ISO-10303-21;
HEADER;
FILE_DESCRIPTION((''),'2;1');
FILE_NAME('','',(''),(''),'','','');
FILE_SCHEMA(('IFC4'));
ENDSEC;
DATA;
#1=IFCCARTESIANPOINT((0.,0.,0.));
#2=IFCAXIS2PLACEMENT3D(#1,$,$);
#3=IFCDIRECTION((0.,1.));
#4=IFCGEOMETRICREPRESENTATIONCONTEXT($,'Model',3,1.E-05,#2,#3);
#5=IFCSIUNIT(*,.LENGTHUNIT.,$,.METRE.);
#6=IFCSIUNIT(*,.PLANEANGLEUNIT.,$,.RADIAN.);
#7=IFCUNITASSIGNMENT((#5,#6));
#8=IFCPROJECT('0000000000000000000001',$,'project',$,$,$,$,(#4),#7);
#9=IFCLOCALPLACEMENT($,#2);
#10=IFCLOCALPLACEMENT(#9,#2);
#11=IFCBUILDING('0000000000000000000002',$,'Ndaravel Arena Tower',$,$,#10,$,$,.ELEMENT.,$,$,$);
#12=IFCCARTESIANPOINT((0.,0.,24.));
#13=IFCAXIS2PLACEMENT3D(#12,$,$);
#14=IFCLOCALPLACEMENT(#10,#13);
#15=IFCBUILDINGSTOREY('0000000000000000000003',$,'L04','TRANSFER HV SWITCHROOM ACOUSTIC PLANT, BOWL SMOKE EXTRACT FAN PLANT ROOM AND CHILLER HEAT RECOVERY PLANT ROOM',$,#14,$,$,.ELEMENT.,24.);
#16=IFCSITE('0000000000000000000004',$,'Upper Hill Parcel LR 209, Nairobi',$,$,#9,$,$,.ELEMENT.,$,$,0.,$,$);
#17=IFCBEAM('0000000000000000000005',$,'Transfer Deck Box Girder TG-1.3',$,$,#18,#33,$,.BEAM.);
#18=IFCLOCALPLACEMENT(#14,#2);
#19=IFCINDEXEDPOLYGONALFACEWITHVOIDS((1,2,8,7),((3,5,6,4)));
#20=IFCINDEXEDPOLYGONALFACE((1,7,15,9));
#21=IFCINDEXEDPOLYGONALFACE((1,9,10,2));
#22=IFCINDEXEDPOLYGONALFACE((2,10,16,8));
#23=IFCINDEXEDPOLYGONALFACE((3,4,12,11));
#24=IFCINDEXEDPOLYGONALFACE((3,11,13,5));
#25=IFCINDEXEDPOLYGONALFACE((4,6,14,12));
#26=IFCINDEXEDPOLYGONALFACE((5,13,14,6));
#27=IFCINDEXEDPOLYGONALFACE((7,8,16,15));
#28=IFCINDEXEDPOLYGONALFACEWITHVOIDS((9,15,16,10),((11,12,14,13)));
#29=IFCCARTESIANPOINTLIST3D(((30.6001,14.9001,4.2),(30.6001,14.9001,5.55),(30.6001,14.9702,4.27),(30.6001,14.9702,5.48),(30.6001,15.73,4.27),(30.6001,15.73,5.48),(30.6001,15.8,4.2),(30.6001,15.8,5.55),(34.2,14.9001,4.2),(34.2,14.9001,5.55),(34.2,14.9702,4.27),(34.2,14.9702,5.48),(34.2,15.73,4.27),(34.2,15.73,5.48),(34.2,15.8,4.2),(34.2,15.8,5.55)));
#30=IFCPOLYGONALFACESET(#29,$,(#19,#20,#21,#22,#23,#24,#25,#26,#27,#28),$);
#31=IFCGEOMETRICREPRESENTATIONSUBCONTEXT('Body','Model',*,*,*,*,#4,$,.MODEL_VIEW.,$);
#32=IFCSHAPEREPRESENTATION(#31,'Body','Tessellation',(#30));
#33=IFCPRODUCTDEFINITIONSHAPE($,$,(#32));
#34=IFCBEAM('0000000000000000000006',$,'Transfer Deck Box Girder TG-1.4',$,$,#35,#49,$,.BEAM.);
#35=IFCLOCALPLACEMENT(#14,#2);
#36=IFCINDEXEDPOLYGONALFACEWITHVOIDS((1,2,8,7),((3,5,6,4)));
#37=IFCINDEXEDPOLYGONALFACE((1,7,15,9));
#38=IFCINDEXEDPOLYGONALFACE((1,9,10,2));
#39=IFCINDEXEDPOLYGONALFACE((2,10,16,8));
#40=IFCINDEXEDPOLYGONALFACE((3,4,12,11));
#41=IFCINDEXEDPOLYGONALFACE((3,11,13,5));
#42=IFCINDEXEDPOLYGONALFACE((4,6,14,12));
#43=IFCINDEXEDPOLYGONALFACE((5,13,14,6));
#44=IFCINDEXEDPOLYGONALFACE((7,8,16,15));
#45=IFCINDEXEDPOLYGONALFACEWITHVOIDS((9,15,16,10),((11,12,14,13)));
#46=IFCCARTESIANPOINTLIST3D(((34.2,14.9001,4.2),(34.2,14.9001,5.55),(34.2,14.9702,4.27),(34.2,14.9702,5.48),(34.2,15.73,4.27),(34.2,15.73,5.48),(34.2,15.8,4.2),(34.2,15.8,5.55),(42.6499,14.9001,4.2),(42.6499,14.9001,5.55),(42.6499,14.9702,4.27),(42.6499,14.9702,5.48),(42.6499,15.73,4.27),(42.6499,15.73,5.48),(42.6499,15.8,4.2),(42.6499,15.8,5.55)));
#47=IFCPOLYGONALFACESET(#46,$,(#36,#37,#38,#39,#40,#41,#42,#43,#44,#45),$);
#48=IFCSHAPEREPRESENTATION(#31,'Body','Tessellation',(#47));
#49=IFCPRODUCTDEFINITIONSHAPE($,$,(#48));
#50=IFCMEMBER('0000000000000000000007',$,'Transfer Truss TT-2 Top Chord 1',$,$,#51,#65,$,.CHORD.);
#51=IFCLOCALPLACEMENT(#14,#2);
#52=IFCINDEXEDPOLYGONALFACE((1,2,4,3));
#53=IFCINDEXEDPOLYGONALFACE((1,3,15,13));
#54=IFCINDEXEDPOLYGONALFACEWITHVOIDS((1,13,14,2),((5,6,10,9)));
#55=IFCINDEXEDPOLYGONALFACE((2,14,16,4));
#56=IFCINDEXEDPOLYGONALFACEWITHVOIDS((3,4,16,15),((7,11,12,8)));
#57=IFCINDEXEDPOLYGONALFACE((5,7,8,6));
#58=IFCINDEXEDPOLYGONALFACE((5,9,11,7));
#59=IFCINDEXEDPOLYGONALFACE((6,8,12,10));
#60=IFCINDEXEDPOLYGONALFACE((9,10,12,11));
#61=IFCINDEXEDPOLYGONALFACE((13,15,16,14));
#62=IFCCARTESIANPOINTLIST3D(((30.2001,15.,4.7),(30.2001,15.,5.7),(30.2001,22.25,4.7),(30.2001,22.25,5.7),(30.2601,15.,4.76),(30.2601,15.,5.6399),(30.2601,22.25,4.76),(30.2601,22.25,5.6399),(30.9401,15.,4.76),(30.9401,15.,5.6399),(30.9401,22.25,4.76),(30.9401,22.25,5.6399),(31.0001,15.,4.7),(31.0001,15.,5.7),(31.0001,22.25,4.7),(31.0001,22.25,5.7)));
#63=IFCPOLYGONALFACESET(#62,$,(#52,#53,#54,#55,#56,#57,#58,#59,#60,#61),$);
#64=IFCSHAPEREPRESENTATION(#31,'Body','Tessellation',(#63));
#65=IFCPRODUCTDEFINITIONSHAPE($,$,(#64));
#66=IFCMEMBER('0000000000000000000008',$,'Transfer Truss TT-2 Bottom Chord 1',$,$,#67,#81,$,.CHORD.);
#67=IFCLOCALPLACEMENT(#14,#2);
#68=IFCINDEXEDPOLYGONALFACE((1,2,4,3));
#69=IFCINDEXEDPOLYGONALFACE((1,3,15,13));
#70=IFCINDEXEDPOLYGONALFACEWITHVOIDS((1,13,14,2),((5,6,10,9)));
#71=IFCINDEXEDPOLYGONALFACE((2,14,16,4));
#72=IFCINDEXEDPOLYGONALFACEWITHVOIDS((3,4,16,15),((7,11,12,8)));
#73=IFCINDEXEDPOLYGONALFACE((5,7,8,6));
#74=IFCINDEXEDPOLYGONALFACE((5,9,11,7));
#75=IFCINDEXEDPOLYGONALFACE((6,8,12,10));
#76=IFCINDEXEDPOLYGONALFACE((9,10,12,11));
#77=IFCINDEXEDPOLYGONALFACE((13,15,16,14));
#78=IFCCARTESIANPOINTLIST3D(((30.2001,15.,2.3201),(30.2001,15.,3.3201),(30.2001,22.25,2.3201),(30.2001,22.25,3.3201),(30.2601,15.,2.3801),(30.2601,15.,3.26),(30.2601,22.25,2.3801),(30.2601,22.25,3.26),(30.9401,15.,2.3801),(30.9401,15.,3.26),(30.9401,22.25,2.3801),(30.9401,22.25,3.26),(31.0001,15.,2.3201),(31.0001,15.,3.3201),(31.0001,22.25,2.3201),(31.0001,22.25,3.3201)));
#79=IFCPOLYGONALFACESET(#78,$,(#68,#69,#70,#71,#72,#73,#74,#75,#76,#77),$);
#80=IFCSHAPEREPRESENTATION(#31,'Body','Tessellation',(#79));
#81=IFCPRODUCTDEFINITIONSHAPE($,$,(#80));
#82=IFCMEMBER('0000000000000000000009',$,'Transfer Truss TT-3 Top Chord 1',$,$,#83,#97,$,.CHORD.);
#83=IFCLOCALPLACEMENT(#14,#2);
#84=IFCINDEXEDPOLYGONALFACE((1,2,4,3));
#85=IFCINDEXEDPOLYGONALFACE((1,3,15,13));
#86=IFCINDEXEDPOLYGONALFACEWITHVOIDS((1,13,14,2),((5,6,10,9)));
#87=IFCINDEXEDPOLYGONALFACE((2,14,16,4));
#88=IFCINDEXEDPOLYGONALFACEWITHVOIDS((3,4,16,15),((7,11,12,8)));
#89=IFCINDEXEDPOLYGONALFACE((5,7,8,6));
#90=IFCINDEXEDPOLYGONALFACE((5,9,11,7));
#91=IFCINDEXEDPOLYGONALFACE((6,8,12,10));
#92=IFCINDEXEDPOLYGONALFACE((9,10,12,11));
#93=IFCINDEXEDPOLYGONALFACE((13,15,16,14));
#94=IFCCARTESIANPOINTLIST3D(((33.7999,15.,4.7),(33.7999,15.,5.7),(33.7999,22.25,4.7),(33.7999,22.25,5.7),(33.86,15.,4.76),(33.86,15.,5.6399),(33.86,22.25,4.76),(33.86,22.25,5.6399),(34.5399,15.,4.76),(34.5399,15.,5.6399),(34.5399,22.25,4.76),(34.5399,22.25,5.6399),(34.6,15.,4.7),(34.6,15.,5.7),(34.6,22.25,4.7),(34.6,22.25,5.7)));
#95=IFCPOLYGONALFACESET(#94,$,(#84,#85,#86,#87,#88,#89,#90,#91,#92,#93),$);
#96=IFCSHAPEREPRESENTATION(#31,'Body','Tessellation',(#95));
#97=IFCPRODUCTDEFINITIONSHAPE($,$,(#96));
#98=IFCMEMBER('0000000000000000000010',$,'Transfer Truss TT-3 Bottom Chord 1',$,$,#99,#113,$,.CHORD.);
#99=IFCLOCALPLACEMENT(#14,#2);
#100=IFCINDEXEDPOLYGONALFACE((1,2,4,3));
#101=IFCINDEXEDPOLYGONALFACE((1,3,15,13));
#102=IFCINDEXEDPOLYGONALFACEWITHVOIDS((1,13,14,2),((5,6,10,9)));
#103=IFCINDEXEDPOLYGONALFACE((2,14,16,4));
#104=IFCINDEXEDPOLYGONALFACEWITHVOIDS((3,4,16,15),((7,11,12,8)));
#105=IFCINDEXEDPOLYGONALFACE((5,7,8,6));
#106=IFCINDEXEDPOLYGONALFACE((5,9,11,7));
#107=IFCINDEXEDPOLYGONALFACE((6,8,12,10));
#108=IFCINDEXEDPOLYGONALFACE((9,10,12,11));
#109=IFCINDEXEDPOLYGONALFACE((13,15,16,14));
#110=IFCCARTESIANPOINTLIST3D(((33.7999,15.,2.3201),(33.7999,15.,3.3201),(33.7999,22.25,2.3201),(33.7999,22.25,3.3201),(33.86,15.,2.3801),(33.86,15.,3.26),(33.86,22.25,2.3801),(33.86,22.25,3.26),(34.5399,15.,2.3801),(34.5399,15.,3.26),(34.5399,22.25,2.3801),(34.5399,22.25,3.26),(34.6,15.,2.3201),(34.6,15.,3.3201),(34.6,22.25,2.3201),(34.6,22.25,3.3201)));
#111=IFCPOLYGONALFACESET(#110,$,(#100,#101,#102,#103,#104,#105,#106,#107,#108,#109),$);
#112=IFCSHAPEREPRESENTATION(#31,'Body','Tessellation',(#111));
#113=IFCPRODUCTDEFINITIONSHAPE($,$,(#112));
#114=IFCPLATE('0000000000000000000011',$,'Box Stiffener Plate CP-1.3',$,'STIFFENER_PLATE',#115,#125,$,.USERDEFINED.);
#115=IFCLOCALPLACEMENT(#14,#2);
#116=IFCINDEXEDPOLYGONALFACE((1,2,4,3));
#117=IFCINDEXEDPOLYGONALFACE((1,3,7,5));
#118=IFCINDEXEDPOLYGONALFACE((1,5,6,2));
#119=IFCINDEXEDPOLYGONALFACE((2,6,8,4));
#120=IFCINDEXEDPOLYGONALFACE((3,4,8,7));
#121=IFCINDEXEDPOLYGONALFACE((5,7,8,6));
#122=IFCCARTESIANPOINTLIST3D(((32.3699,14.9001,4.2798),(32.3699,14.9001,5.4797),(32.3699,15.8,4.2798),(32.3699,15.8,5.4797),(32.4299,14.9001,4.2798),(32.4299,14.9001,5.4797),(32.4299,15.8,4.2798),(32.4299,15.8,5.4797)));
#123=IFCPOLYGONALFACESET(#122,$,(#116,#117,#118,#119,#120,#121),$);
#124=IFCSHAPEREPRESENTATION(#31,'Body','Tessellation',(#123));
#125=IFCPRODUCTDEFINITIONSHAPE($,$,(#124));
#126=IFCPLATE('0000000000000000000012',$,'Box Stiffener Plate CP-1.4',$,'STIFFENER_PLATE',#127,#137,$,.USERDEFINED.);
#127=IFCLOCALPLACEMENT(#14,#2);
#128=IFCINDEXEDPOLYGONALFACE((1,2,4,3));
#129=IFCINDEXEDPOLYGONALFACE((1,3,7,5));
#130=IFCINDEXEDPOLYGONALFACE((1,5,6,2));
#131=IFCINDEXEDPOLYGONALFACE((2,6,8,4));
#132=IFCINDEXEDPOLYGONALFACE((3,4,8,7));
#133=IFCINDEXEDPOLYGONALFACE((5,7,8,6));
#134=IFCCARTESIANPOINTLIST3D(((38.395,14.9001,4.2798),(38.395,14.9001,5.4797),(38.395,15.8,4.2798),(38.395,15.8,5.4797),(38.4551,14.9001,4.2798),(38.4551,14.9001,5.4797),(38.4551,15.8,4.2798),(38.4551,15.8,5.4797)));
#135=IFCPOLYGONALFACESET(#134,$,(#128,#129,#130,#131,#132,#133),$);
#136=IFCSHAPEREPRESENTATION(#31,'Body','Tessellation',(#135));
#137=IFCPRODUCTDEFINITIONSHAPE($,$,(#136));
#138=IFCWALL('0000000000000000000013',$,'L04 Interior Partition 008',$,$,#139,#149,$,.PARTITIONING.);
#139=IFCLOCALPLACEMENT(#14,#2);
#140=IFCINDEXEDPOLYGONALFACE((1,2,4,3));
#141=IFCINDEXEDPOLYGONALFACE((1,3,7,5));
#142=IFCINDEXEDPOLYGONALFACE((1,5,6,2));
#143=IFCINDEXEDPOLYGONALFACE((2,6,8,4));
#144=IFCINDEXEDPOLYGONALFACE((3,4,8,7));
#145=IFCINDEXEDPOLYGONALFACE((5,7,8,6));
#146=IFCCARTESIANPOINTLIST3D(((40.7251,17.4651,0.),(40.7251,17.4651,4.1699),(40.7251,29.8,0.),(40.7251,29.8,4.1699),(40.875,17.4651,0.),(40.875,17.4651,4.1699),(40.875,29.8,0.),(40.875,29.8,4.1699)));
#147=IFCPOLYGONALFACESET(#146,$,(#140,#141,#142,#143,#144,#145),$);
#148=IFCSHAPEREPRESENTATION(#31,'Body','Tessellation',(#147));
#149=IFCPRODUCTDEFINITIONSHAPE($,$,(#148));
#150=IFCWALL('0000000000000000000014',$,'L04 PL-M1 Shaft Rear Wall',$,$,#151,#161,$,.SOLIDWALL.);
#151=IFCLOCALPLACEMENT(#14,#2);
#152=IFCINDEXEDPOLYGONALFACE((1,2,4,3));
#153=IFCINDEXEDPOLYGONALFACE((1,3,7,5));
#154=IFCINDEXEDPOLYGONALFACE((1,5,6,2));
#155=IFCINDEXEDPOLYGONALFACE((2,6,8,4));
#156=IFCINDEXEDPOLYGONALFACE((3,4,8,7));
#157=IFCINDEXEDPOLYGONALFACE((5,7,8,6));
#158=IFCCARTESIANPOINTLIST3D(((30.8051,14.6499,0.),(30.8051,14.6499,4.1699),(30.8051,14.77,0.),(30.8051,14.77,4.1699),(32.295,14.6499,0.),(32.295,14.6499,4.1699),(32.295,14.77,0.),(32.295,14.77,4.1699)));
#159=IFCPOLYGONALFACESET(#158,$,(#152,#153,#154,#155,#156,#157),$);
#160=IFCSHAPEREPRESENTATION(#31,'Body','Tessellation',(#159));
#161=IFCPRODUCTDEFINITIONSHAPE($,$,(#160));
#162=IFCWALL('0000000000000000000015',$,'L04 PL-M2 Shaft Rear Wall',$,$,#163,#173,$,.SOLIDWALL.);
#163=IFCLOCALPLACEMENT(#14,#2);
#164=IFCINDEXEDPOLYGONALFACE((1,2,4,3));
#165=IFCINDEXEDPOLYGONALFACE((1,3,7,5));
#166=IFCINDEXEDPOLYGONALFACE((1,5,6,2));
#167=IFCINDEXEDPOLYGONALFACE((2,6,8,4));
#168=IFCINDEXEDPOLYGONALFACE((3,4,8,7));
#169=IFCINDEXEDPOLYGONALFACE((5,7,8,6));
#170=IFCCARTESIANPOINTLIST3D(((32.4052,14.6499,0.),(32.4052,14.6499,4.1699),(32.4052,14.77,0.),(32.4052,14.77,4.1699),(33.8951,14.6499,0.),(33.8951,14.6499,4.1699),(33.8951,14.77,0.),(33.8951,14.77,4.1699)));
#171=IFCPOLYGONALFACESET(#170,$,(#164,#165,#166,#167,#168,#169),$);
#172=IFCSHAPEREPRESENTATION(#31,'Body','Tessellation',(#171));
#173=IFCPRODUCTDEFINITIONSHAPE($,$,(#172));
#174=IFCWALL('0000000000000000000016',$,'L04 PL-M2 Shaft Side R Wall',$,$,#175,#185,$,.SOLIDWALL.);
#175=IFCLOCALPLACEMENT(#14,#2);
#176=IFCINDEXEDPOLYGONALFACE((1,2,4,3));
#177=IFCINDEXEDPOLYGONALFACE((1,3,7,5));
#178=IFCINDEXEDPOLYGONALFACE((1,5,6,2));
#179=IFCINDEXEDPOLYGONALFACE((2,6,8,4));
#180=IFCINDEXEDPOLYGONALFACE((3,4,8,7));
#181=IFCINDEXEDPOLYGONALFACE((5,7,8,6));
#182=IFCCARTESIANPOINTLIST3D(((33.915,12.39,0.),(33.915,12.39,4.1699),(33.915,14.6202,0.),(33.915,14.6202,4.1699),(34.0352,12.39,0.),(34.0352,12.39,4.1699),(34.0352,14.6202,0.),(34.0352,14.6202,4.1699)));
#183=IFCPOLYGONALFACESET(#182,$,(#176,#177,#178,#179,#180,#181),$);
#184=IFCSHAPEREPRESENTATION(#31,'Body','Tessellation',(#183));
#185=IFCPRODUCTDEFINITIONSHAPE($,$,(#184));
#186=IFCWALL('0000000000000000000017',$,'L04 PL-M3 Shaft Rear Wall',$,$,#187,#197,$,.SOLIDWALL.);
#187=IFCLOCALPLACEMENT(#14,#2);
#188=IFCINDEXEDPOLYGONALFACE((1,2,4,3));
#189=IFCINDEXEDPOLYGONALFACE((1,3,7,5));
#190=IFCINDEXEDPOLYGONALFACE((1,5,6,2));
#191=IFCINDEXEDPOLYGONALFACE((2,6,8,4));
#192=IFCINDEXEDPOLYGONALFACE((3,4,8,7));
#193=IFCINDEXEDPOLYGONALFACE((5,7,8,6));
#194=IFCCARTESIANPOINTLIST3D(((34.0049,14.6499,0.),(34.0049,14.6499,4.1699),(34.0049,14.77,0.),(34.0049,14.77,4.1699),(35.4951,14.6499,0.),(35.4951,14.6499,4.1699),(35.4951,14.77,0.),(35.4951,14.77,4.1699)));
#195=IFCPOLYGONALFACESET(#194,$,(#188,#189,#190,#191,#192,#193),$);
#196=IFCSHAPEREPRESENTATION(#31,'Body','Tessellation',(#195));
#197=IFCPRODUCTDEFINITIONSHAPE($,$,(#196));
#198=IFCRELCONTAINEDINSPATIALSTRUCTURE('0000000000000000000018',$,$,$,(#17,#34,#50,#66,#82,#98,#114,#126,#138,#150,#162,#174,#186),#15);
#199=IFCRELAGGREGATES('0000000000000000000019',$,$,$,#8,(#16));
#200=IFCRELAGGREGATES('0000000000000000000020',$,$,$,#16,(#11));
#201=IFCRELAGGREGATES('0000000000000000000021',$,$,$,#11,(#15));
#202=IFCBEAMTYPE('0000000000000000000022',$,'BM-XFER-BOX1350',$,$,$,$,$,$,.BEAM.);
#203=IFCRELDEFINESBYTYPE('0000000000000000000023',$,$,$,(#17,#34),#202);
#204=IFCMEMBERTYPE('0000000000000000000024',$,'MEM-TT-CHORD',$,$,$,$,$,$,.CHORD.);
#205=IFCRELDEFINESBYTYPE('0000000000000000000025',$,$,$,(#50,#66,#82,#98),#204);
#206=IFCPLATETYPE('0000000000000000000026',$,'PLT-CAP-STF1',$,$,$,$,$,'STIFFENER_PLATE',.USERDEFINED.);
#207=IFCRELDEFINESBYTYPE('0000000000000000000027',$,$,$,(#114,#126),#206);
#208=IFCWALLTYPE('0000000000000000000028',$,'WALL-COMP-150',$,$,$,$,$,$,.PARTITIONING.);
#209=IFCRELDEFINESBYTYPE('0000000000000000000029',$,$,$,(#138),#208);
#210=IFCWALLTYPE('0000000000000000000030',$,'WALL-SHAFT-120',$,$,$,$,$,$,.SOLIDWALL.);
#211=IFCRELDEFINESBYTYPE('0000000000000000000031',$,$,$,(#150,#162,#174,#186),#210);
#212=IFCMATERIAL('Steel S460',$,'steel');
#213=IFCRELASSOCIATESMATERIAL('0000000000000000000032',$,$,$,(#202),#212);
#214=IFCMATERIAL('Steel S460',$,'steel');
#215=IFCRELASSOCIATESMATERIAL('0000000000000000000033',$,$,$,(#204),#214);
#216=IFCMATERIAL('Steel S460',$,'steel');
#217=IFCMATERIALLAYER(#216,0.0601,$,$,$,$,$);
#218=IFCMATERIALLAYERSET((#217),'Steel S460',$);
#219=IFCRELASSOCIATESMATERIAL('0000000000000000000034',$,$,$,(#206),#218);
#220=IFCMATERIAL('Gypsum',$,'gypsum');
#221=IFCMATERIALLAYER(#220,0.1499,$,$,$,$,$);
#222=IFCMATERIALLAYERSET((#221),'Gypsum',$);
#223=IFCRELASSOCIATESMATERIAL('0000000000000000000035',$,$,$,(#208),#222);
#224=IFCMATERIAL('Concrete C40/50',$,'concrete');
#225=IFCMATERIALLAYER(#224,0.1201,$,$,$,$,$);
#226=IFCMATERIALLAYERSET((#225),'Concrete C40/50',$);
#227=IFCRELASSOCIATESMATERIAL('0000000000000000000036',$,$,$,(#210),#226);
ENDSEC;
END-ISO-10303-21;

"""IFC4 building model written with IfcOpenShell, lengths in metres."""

from ifc_helpers import new_model, si_unit, direction, frame, frame_2d, origin, origin_2d, place, context, subcontext, project, spatial, rectangle, hollow_rectangle, extrude, material, layer, layer_set, material_profile, profile_set, type_object, element, save


model = new_model("IFC4")

# Units and contexts
model_context = context("Model", 3, precision=1e-05, world=origin(), true_north=direction((0.0, 1.0)))
body_context = subcontext(model_context, "Body", "Model", "MODEL_VIEW")
ifc_project = project(units=[si_unit("LENGTHUNIT", "METRE"), si_unit("PLANEANGLEUNIT", "RADIAN")], contexts=[model_context])

# Site, building, storey
site_placement = place(None, origin())
site = spatial("IfcSite", under=ifc_project, at=site_placement, Name="Upper Hill Parcel LR 209, Nairobi", CompositionType="ELEMENT", RefElevation=0.0)
building_placement = place(site_placement, origin())
building = spatial("IfcBuilding", under=site, at=building_placement, Name="Ndaravel Arena Tower", CompositionType="ELEMENT")
storey_placement = place(building_placement, frame((0.0, 0.0, 24.0)))
storey = spatial("IfcBuildingStorey", under=building, at=storey_placement, Name="L04", Description="TRANSFER HV SWITCHROOM ACOUSTIC PLANT, BOWL SMOKE EXTRACT FAN PLANT ROOM AND CHILLER HEAT RECOVERY PLANT ROOM", CompositionType="ELEMENT", Elevation=24.0)

# Beams
ifc_material_1 = material(Name="Steel S460", Category="steel")
ifc_material_profile_1 = material_profile(ifc_material_1, hollow_rectangle(XDim=0.8999, YDim=1.3501, WallThickness=0.0701, at=origin_2d()), Name="BOX 1350x900x70")
ifc_profile_set_1 = profile_set([ifc_material_profile_1], Name="Steel S460")
beam_type = type_object("IfcBeamType", Name="BM-XFER-BOX1350", PredefinedType="BEAM", material=ifc_profile_set_1)
beam_1_placement = place(storey_placement, frame((30.6001, 15.3501, 4.875), z_axis=(1.0, 0.0, 0.0), x_axis=(0.0, 1.0, 0.0)))
element("IfcBeam", 1, at=beam_1_placement, inside=storey, type_object=beam_type, Name="Transfer Deck Box Girder TG-1.3", PredefinedType="BEAM", context=body_context, shape_type="SweptSolid", body=[
    extrude(hollow_rectangle(XDim=0.8999, YDim=1.3501, WallThickness=0.0701, at=origin_2d()), origin(), (0.0, 0.0, 1.0), 3.5999),
])
beam_2_placement = place(storey_placement, frame((34.2, 15.3501, 4.875), z_axis=(1.0, 0.0, 0.0), x_axis=(0.0, 1.0, 0.0)))
element("IfcBeam", 2, at=beam_2_placement, inside=storey, type_object=beam_type, Name="Transfer Deck Box Girder TG-1.4", PredefinedType="BEAM", context=body_context, shape_type="SweptSolid", body=[
    extrude(hollow_rectangle(XDim=0.8999, YDim=1.3501, WallThickness=0.0701, at=origin_2d()), origin(), (0.0, 0.0, 1.0), 8.45),
])

# Members
ifc_material_2 = material(Name="Steel S460", Category="steel")
ifc_material_profile_2 = material_profile(ifc_material_2, hollow_rectangle(XDim=0.8, YDim=1.0, WallThickness=0.0601, at=origin_2d()), Name="BOX 1000x800x60")
ifc_profile_set_2 = profile_set([ifc_material_profile_2], Name="Steel S460")
member_type = type_object("IfcMemberType", Name="MEM-TT-CHORD", PredefinedType="CHORD", material=ifc_profile_set_2)
for number, where, z_axis, x_axis, name in (
    (3, (30.6001, 15.0, 5.2), (0.0, 1.0, 0.0), (-1.0, 0.0, 0.0), "Transfer Truss TT-2 Top Chord 1"),
    (4, (30.6001, 15.0, 2.8201), (0.0, 1.0, 0.0), (-1.0, 0.0, 0.0), "Transfer Truss TT-2 Bottom Chord 1"),
    (5, (34.2, 15.0, 5.2), (0.0, 1.0, 0.0), (-1.0, 0.0, 0.0), "Transfer Truss TT-3 Top Chord 1"),
    (6, (34.2, 15.0, 2.8201), (0.0, 1.0, 0.0), (-1.0, 0.0, 0.0), "Transfer Truss TT-3 Bottom Chord 1"),
):
    element("IfcMember", number, at=place(storey_placement, frame(where, z_axis=z_axis, x_axis=x_axis)), inside=storey, type_object=member_type, Name=name, PredefinedType="CHORD", context=body_context, shape_type="SweptSolid", body=[
        extrude(hollow_rectangle(XDim=0.8, YDim=1.0, WallThickness=0.0601, at=origin_2d()), origin(), (0.0, 0.0, 1.0), 7.25),
    ])

# Plates
ifc_material_3 = material(Name="Steel S460", Category="steel")
ifc_layer_1 = layer(ifc_material_3, 0.0601)
ifc_layer_set_1 = layer_set([ifc_layer_1], Name="Steel S460")
plate_type = type_object("IfcPlateType", Name="PLT-CAP-STF1", ElementType="STIFFENER_PLATE", PredefinedType="USERDEFINED", material=ifc_layer_set_1)
for number, where, z_axis, x_axis, name in (
    (7, (32.3999, 15.3501, 4.2798), (0.0, 0.0, 1.0), (1.0, 0.0, 0.0), "Box Stiffener Plate CP-1.3"),
    (8, (38.425, 15.3501, 4.2798), (0.0, 0.0, 1.0), (1.0, 0.0, 0.0), "Box Stiffener Plate CP-1.4"),
):
    element("IfcPlate", number, at=place(storey_placement, frame(where, z_axis=z_axis, x_axis=x_axis)), inside=storey, type_object=plate_type, Name=name, ObjectType="STIFFENER_PLATE", PredefinedType="USERDEFINED", context=body_context, shape_type="SweptSolid", body=[
        extrude(rectangle(XDim=0.0601, YDim=0.8999, at=origin_2d()), origin(), (0.0, 0.0, 1.0), 1.2),
    ])

# Walls
ifc_material_4 = material(Name="Gypsum", Category="gypsum")
ifc_layer_2 = layer(ifc_material_4, 0.1499)
ifc_layer_set_2 = layer_set([ifc_layer_2], Name="Gypsum")
wall_type_1 = type_object("IfcWallType", Name="WALL-COMP-150", PredefinedType="PARTITIONING", material=ifc_layer_set_2)
wall_1_placement = place(storey_placement, frame((40.8, 17.4651, 0.0), z_axis=(0.0, 0.0, 1.0), x_axis=(0.0, 1.0, 0.0)))
element("IfcWall", 9, at=wall_1_placement, inside=storey, type_object=wall_type_1, Name="L04 Interior Partition 008", PredefinedType="PARTITIONING", context=body_context, shape_type="SweptSolid", body=[
    extrude(rectangle(XDim=12.335, YDim=0.1499, at=frame_2d((6.1675, 0.0))), origin(), (0.0, 0.0, 1.0), 4.1699),
])
ifc_material_5 = material(Name="Concrete C40/50", Category="concrete")
ifc_layer_3 = layer(ifc_material_5, 0.1201)
ifc_layer_set_3 = layer_set([ifc_layer_3], Name="Concrete C40/50")
wall_type_2 = type_object("IfcWallType", Name="WALL-SHAFT-120", PredefinedType="SOLIDWALL", material=ifc_layer_set_3)
for number, where, z_axis, x_axis, name in (
    (10, (30.8049, 14.71, 0.0), (0.0, 0.0, 1.0), (1.0, 0.0, 0.0), "L04 PL-M1 Shaft Rear Wall"),
    (11, (32.405, 14.71, 0.0), (0.0, 0.0, 1.0), (1.0, 0.0, 0.0), "L04 PL-M2 Shaft Rear Wall"),
):
    element("IfcWall", number, at=place(storey_placement, frame(where, z_axis=z_axis, x_axis=x_axis)), inside=storey, type_object=wall_type_2, Name=name, PredefinedType="SOLIDWALL", context=body_context, shape_type="SweptSolid", body=[
        extrude(rectangle(XDim=1.49, YDim=0.1201, at=frame_2d((0.7451, 0.0))), origin(), (0.0, 0.0, 1.0), 4.1699),
    ])
wall_2_placement = place(storey_placement, frame((33.9751, 12.3899, 0.0), z_axis=(0.0, 0.0, 1.0), x_axis=(0.0, 1.0, 0.0)))
element("IfcWall", 12, at=wall_2_placement, inside=storey, type_object=wall_type_2, Name="L04 PL-M2 Shaft Side R Wall", PredefinedType="SOLIDWALL", context=body_context, shape_type="SweptSolid", body=[
    extrude(rectangle(XDim=2.2302, YDim=0.1201, at=frame_2d((1.1152, 0.0))), origin(), (0.0, 0.0, 1.0), 4.1699),
])
wall_3_placement = place(storey_placement, frame((34.0049, 14.71, 0.0), z_axis=(0.0, 0.0, 1.0), x_axis=(1.0, 0.0, 0.0)))
element("IfcWall", 13, at=wall_3_placement, inside=storey, type_object=wall_type_2, Name="L04 PL-M3 Shaft Rear Wall", PredefinedType="SOLIDWALL", context=body_context, shape_type="SweptSolid", body=[
    extrude(rectangle(XDim=1.4902, YDim=0.1201, at=frame_2d((0.7451, 0.0))), origin(), (0.0, 0.0, 1.0), 4.1699),
])

save(model, "model.ifc")
